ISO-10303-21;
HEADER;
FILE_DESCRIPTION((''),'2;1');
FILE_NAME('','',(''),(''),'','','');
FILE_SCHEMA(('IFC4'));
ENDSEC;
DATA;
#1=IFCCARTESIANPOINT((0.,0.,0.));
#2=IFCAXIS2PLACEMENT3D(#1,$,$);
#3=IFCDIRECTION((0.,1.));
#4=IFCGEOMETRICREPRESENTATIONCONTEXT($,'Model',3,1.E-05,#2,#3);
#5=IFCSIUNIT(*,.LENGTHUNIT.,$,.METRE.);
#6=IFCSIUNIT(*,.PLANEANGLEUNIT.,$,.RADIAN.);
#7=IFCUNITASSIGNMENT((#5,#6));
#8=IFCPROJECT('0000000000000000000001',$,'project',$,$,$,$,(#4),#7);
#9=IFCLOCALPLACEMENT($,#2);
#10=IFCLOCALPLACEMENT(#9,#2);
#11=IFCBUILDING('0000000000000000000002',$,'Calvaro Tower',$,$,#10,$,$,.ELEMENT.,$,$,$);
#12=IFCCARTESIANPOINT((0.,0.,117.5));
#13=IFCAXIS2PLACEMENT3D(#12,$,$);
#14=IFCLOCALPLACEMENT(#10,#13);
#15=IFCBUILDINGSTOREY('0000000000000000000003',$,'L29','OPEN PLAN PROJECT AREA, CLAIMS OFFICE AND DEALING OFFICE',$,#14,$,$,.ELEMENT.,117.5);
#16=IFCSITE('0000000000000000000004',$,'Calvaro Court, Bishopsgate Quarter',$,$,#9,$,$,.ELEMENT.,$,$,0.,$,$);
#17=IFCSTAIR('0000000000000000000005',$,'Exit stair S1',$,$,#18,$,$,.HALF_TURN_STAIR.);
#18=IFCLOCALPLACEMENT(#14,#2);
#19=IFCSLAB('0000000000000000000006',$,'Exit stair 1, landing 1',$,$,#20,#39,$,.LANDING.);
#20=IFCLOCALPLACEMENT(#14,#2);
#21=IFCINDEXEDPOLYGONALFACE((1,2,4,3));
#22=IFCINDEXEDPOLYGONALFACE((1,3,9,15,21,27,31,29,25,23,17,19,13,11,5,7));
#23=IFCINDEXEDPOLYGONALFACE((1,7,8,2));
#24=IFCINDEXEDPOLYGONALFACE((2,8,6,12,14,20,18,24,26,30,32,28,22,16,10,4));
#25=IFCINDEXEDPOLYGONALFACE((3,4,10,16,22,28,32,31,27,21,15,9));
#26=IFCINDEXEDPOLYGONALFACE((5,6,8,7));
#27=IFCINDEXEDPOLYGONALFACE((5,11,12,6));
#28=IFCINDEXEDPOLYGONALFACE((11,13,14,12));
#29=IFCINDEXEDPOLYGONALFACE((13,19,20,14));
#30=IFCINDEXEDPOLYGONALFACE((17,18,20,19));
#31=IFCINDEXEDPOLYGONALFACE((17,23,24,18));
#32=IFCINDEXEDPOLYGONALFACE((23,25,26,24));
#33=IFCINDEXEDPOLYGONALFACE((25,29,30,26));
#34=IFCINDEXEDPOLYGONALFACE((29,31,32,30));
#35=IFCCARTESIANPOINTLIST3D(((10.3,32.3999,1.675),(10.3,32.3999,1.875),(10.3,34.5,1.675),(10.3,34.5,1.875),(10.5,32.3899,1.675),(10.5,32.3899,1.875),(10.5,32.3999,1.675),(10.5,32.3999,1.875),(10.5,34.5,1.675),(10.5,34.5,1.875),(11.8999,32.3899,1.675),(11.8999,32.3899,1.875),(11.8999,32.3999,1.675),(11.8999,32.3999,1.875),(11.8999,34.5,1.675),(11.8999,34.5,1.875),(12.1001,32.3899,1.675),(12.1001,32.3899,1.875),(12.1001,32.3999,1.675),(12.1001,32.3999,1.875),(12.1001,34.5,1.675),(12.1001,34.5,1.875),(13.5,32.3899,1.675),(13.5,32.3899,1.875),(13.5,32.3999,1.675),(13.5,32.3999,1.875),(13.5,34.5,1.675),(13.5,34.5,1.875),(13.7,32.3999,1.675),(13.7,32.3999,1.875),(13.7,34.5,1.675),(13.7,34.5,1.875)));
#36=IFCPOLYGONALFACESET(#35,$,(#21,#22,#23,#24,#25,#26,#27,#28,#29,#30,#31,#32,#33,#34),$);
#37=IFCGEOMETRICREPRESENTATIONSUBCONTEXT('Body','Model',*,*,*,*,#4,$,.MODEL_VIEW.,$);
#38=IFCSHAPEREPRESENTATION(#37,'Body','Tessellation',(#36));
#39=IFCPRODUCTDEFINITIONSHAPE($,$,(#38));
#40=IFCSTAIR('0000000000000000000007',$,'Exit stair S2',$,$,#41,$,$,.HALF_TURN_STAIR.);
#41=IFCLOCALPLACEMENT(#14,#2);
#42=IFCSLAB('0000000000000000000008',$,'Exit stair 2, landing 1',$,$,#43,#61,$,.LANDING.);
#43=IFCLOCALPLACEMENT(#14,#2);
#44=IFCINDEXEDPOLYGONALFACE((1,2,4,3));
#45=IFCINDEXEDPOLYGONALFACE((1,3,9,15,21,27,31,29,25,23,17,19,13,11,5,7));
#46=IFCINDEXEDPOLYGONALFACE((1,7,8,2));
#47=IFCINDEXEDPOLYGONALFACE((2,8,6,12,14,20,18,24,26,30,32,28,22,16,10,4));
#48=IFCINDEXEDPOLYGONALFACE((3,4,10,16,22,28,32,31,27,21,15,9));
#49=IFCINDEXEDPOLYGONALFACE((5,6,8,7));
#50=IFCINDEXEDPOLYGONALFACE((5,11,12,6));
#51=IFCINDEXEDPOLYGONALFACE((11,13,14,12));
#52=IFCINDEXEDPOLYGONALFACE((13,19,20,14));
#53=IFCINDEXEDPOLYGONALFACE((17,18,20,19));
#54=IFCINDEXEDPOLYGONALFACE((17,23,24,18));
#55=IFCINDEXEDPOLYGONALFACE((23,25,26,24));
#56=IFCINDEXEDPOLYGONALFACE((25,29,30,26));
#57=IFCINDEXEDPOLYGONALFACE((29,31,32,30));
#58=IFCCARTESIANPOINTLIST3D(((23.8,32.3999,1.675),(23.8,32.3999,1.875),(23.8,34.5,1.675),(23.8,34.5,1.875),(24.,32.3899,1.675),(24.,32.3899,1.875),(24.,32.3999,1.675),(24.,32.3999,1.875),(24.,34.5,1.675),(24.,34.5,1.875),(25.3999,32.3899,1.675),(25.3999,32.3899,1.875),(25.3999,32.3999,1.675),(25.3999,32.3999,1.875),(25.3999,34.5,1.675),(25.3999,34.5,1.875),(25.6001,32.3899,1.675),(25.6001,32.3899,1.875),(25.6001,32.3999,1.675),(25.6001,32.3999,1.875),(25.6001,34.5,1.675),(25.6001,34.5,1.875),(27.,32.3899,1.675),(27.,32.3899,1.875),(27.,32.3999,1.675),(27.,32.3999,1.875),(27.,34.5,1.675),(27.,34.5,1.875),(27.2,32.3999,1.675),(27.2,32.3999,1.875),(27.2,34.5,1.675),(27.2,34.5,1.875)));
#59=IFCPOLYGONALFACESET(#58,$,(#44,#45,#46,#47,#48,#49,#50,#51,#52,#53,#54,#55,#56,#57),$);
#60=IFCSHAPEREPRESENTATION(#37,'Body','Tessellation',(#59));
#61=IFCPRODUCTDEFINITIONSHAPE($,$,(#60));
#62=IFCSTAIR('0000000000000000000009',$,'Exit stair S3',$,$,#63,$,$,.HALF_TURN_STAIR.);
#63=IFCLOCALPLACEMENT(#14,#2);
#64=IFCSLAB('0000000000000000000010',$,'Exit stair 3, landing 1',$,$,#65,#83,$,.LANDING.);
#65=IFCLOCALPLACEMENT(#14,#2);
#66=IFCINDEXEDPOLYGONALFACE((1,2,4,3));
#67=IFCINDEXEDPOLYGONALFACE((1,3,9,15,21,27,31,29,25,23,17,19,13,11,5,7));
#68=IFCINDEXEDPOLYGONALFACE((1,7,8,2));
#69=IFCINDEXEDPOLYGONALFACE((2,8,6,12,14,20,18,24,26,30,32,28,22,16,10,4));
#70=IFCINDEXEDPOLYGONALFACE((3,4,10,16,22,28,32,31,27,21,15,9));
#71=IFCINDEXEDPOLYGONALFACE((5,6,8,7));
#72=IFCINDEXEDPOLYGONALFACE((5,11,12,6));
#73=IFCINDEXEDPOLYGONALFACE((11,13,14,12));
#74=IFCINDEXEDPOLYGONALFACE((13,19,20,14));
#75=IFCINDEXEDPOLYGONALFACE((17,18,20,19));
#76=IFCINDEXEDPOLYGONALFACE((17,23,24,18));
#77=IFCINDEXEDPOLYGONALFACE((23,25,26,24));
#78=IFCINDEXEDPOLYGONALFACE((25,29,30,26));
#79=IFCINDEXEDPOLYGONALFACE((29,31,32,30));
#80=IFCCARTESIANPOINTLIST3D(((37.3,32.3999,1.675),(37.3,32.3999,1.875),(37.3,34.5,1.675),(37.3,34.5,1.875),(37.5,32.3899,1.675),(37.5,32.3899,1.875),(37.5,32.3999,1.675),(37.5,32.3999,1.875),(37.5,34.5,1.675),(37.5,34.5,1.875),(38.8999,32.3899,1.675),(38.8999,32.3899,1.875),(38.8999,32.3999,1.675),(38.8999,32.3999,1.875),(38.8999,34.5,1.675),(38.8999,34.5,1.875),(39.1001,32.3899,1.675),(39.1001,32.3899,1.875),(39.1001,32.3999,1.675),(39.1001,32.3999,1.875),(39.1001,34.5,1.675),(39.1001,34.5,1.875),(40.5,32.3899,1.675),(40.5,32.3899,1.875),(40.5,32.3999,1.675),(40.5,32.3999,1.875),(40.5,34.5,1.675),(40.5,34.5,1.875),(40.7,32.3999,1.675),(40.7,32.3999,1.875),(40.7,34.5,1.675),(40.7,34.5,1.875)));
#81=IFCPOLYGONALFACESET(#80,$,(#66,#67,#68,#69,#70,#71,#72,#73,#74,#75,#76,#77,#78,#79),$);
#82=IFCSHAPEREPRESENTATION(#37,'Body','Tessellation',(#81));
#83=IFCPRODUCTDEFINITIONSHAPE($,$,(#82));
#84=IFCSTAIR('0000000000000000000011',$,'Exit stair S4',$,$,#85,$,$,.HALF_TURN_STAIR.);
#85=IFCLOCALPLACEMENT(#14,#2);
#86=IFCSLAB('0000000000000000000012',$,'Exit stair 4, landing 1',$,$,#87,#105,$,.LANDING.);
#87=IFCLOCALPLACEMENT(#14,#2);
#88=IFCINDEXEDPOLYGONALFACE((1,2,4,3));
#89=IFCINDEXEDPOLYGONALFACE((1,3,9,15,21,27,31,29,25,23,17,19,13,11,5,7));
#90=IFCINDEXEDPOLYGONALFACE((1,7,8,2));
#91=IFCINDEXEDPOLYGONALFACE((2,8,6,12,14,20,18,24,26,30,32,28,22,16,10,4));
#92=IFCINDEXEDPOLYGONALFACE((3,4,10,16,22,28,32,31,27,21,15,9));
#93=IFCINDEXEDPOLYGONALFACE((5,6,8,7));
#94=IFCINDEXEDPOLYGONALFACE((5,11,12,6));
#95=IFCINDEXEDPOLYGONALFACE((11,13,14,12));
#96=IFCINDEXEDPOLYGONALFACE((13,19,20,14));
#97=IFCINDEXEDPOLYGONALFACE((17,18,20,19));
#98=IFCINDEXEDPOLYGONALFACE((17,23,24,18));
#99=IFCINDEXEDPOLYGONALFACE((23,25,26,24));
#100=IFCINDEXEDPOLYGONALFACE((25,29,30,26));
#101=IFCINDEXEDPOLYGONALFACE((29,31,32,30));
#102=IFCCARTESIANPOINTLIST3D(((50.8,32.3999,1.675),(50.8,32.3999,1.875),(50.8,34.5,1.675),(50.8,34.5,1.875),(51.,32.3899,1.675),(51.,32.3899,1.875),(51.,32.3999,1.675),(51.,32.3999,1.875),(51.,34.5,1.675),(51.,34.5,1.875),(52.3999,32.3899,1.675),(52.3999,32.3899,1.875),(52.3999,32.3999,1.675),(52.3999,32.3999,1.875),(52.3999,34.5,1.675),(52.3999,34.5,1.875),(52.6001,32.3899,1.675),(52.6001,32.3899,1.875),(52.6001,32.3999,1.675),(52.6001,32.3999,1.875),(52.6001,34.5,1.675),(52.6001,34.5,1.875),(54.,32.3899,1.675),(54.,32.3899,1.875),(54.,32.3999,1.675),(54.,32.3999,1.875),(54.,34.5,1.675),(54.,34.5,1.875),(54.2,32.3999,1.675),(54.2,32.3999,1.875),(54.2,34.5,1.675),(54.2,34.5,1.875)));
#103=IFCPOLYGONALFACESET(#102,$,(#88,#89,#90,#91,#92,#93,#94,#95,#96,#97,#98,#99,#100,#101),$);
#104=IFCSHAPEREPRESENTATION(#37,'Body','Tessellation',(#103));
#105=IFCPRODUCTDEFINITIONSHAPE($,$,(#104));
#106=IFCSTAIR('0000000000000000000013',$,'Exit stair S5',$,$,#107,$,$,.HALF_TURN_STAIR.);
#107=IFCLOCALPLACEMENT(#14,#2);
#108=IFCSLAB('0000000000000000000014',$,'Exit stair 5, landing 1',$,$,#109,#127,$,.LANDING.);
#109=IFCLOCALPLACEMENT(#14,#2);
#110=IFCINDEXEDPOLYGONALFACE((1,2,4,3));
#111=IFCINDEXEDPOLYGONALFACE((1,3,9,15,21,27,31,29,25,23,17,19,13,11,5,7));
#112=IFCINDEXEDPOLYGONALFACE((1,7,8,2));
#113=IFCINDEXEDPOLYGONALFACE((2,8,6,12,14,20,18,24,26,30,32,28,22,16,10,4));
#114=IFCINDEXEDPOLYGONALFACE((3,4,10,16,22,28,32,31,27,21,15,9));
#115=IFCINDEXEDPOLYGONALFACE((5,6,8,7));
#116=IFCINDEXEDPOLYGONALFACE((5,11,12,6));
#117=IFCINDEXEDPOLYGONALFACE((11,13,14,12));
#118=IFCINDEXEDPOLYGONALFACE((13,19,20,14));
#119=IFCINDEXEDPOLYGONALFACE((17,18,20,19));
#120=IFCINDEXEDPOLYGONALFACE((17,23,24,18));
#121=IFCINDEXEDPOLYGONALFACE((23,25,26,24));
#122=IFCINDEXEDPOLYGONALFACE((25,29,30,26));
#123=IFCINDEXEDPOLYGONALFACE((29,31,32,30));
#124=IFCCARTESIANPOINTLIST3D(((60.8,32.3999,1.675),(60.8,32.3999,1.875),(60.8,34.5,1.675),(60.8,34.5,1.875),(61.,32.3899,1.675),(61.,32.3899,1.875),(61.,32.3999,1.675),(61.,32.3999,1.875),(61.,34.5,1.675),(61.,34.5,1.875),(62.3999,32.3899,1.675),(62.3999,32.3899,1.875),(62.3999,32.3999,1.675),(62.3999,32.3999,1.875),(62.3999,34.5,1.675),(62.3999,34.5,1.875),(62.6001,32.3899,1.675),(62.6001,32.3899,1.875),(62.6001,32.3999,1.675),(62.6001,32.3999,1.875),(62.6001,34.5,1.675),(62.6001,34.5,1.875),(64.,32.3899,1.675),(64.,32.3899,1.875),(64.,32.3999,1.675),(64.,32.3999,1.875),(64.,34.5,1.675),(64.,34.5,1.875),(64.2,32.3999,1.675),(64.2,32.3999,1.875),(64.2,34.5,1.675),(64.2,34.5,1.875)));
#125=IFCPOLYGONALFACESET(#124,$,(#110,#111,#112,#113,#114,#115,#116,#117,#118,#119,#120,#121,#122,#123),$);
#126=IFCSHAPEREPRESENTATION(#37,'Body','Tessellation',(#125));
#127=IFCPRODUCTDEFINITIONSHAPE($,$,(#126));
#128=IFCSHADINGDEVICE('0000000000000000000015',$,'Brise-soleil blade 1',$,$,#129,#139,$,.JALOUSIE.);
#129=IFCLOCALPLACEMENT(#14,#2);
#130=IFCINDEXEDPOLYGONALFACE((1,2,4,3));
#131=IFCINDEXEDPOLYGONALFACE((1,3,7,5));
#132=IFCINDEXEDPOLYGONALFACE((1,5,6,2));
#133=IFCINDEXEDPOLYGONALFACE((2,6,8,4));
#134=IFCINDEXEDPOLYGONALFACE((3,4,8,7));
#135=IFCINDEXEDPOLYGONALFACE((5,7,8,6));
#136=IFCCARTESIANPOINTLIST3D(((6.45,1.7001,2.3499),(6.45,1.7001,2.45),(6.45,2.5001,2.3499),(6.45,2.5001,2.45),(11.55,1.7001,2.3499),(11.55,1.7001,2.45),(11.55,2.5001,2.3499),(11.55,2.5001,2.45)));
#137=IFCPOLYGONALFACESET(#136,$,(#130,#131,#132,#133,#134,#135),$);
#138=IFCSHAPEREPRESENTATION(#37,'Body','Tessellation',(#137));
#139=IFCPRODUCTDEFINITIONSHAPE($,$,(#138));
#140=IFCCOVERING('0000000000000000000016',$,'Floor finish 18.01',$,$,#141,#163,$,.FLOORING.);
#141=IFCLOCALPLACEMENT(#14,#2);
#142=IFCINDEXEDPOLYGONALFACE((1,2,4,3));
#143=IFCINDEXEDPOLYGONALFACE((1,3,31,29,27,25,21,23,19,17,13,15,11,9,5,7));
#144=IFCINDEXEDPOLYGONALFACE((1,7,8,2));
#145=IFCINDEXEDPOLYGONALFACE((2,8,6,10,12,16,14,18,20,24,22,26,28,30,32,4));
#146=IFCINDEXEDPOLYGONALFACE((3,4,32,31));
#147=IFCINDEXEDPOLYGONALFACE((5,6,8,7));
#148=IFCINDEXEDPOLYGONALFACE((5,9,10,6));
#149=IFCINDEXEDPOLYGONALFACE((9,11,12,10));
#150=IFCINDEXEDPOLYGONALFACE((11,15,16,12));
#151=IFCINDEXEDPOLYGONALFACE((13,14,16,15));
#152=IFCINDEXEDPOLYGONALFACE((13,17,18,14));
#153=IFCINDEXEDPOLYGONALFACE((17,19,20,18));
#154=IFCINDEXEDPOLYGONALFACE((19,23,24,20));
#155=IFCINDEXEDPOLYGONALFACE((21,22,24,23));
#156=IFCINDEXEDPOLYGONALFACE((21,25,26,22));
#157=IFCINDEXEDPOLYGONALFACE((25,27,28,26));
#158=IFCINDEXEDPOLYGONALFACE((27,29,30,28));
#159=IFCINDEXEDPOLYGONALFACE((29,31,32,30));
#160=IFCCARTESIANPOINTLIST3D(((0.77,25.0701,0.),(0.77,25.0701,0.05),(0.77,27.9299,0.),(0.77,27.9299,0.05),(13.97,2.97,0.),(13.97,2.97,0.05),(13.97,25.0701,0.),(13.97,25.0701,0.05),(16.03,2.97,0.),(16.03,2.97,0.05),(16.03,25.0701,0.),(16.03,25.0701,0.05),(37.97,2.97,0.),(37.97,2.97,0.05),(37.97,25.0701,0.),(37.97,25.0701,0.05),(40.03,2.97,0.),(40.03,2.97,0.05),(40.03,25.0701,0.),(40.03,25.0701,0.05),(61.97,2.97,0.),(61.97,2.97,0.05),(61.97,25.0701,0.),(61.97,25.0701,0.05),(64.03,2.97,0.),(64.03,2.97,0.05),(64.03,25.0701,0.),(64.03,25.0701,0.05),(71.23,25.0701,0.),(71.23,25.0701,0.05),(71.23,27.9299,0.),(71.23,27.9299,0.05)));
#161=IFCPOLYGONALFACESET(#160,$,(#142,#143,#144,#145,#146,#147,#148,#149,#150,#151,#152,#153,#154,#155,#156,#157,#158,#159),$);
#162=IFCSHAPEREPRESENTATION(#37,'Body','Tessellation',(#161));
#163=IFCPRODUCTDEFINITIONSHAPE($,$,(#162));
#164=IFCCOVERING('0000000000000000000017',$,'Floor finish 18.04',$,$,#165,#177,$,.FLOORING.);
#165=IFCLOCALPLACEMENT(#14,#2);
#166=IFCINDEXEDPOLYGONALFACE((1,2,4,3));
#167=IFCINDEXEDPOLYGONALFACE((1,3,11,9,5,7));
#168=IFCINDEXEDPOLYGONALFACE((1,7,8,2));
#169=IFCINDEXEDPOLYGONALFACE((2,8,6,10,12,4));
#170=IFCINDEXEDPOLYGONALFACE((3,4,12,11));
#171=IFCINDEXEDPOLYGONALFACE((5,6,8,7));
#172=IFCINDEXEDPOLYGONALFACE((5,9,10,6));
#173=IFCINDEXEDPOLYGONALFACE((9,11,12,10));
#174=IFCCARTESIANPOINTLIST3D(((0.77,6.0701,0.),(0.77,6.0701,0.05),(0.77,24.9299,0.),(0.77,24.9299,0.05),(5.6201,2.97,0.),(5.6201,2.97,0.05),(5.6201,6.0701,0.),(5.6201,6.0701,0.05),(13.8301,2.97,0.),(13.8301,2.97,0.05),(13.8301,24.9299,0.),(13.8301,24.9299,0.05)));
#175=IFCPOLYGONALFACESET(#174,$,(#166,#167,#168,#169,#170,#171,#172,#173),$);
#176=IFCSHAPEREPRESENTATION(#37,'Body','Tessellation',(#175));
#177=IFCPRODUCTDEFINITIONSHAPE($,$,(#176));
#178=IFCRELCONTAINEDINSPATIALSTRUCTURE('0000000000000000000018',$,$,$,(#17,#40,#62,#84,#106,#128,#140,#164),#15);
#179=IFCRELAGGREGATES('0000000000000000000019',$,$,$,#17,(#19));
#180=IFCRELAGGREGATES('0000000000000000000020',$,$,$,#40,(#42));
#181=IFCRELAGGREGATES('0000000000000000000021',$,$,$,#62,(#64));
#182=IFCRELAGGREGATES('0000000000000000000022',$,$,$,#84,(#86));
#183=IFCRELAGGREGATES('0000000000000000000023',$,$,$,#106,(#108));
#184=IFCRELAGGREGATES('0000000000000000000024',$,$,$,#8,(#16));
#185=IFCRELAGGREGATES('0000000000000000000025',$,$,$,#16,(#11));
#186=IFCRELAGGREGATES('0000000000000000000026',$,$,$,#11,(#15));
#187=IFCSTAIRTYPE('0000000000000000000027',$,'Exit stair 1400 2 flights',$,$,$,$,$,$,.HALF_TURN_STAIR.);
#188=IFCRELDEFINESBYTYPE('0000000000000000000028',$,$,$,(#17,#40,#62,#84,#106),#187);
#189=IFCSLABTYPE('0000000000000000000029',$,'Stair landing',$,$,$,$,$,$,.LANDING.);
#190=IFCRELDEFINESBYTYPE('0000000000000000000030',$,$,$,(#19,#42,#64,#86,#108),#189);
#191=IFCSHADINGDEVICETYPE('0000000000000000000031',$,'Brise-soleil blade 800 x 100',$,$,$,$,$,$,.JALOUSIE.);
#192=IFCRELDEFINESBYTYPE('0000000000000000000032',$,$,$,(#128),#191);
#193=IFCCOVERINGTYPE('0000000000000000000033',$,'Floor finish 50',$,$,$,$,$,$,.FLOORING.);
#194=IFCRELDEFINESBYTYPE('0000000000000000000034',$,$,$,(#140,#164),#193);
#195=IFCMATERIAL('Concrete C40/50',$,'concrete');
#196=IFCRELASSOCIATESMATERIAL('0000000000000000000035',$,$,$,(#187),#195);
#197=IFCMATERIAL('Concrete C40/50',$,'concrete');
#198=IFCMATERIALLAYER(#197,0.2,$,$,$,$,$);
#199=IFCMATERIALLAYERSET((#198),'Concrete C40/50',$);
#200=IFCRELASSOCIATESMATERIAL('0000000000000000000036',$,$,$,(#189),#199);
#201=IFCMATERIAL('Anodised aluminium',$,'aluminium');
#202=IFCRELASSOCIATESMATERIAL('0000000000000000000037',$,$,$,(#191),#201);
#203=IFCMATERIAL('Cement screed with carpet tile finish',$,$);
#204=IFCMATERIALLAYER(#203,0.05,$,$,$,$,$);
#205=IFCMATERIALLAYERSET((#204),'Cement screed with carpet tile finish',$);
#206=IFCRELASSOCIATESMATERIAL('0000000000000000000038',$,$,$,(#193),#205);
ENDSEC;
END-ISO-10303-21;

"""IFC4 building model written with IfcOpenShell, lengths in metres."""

from ifc_helpers import new_model, si_unit, direction, frame, origin, origin_2d, place, context, subcontext, project, spatial, polyline, rectangle, outline, extrude, material, layer, layer_set, material_profile, profile_set, type_object, element, aggregate, save


model = new_model("IFC4")

# Units and contexts
model_context = context("Model", 3, precision=1e-05, world=origin(), true_north=direction((0.0, 1.0)))
body_context = subcontext(model_context, "Body", "Model", "MODEL_VIEW")
ifc_project = project(units=[si_unit("LENGTHUNIT", "METRE"), si_unit("PLANEANGLEUNIT", "RADIAN")], contexts=[model_context])

# Site, building, storey
site_placement = place(None, origin())
site = spatial("IfcSite", under=ifc_project, at=site_placement, Name="Calvaro Court, Bishopsgate Quarter", CompositionType="ELEMENT", RefElevation=0.0)
building_placement = place(site_placement, origin())
building = spatial("IfcBuilding", under=site, at=building_placement, Name="Calvaro Tower", CompositionType="ELEMENT")
storey_placement = place(building_placement, frame((0.0, 0.0, 117.5)))
storey = spatial("IfcBuildingStorey", under=building, at=storey_placement, Name="L29", Description="OPEN PLAN PROJECT AREA, CLAIMS OFFICE AND DEALING OFFICE", CompositionType="ELEMENT", Elevation=117.5)

# Stairs, slabs
ifc_material_1 = material(Name="Concrete C40/50", Category="concrete")
stair_type = type_object("IfcStairType", Name="Exit stair 1400 2 flights", PredefinedType="HALF_TURN_STAIR", material=ifc_material_1)
stair_1_placement = place(storey_placement, origin())
stair_1 = element("IfcStair", 1, at=stair_1_placement, inside=storey, type_object=stair_type, Name="Exit stair S1", PredefinedType="HALF_TURN_STAIR")
ifc_material_2 = material(Name="Concrete C40/50", Category="concrete")
ifc_layer_1 = layer(ifc_material_2, 0.2)
ifc_layer_set_1 = layer_set([ifc_layer_1], Name="Concrete C40/50")
slab_type_1 = type_object("IfcSlabType", Name="Stair landing", PredefinedType="LANDING", material=ifc_layer_set_1)
slab_1_placement = place(storey_placement, frame((0.0, 0.0, 1.675)))
slab_1 = element("IfcSlab", 2, at=slab_1_placement, type_object=slab_type_1, Name="Exit stair 1, landing 1", PredefinedType="LANDING", context=body_context, shape_type="SweptSolid", body=[
    extrude(outline(polyline([(11.8999, 32.3899), (10.5, 32.3899), (10.5, 32.3999), (10.3, 32.3999), (10.3, 34.5), (10.5, 34.5), (11.8999, 34.5), (12.1001, 34.5), (13.5, 34.5), (13.7, 34.5), (13.7, 32.3999), (13.5, 32.3999), (13.5, 32.3899), (12.1001, 32.3899), (12.1001, 32.3999), (11.8999, 32.3999), (11.8999, 32.3899)])), origin(), (0.0, 0.0, 1.0), 0.2),
])
aggregate(stair_1, [slab_1])
stair_2_placement = place(storey_placement, origin())
stair_2 = element("IfcStair", 3, at=stair_2_placement, inside=storey, type_object=stair_type, Name="Exit stair S2", PredefinedType="HALF_TURN_STAIR")
slab_2_placement = place(storey_placement, frame((0.0, 0.0, 1.675)))
slab_2 = element("IfcSlab", 4, at=slab_2_placement, type_object=slab_type_1, Name="Exit stair 2, landing 1", PredefinedType="LANDING", context=body_context, shape_type="SweptSolid", body=[
    extrude(outline(polyline([(25.3999, 32.3899), (24.0, 32.3899), (24.0, 32.3999), (23.8, 32.3999), (23.8, 34.5), (24.0, 34.5), (25.3999, 34.5), (25.6001, 34.5), (27.0, 34.5), (27.2, 34.5), (27.2, 32.3999), (27.0, 32.3999), (27.0, 32.3899), (25.6001, 32.3899), (25.6001, 32.3999), (25.3999, 32.3999), (25.3999, 32.3899)])), origin(), (0.0, 0.0, 1.0), 0.2),
])
aggregate(stair_2, [slab_2])
stair_3_placement = place(storey_placement, origin())
stair_3 = element("IfcStair", 5, at=stair_3_placement, inside=storey, type_object=stair_type, Name="Exit stair S3", PredefinedType="HALF_TURN_STAIR")
slab_3_placement = place(storey_placement, frame((0.0, 0.0, 1.675)))
slab_3 = element("IfcSlab", 6, at=slab_3_placement, type_object=slab_type_1, Name="Exit stair 3, landing 1", PredefinedType="LANDING", context=body_context, shape_type="SweptSolid", body=[
    extrude(outline(polyline([(38.8999, 32.3899), (37.5, 32.3899), (37.5, 32.3999), (37.3, 32.3999), (37.3, 34.5), (37.5, 34.5), (38.8999, 34.5), (39.1001, 34.5), (40.5, 34.5), (40.7, 34.5), (40.7, 32.3999), (40.5, 32.3999), (40.5, 32.3899), (39.1001, 32.3899), (39.1001, 32.3999), (38.8999, 32.3999), (38.8999, 32.3899)])), origin(), (0.0, 0.0, 1.0), 0.2),
])
aggregate(stair_3, [slab_3])
stair_4_placement = place(storey_placement, origin())
stair_4 = element("IfcStair", 7, at=stair_4_placement, inside=storey, type_object=stair_type, Name="Exit stair S4", PredefinedType="HALF_TURN_STAIR")
slab_4_placement = place(storey_placement, frame((0.0, 0.0, 1.675)))
slab_4 = element("IfcSlab", 8, at=slab_4_placement, type_object=slab_type_1, Name="Exit stair 4, landing 1", PredefinedType="LANDING", context=body_context, shape_type="SweptSolid", body=[
    extrude(outline(polyline([(52.3999, 32.3899), (51.0, 32.3899), (51.0, 32.3999), (50.8, 32.3999), (50.8, 34.5), (51.0, 34.5), (52.3999, 34.5), (52.6001, 34.5), (54.0, 34.5), (54.2, 34.5), (54.2, 32.3999), (54.0, 32.3999), (54.0, 32.3899), (52.6001, 32.3899), (52.6001, 32.3999), (52.3999, 32.3999), (52.3999, 32.3899)])), origin(), (0.0, 0.0, 1.0), 0.2),
])
aggregate(stair_4, [slab_4])
stair_5_placement = place(storey_placement, origin())
stair_5 = element("IfcStair", 9, at=stair_5_placement, inside=storey, type_object=stair_type, Name="Exit stair S5", PredefinedType="HALF_TURN_STAIR")
slab_5_placement = place(storey_placement, frame((0.0, 0.0, 1.675)))
slab_5 = element("IfcSlab", 10, at=slab_5_placement, type_object=slab_type_1, Name="Exit stair 5, landing 1", PredefinedType="LANDING", context=body_context, shape_type="SweptSolid", body=[
    extrude(outline(polyline([(62.3999, 32.3899), (61.0, 32.3899), (61.0, 32.3999), (60.8, 32.3999), (60.8, 34.5), (61.0, 34.5), (62.3999, 34.5), (62.6001, 34.5), (64.0, 34.5), (64.2, 34.5), (64.2, 32.3999), (64.0, 32.3999), (64.0, 32.3899), (62.6001, 32.3899), (62.6001, 32.3999), (62.3999, 32.3999), (62.3999, 32.3899)])), origin(), (0.0, 0.0, 1.0), 0.2),
])
aggregate(stair_5, [slab_5])

# Shading device
ifc_material_3 = material(Name="Anodised aluminium", Category="aluminium")
ifc_material_profile_1 = material_profile(ifc_material_3, rectangle(XDim=0.8, YDim=0.1001, at=origin_2d()), Name="Brise-soleil blade 800 x 100")
ifc_profile_set_1 = profile_set([ifc_material_profile_1], Name="Anodised aluminium")
shading_device_type = type_object("IfcShadingDeviceType", Name="Brise-soleil blade 800 x 100", PredefinedType="JALOUSIE", material=ifc_profile_set_1)
shading_device_placement = place(storey_placement, frame((6.45, 2.1001, 2.3999), z_axis=(1.0, 0.0, 0.0), x_axis=(0.0, 1.0, 0.0)))
element("IfcShadingDevice", 11, at=shading_device_placement, inside=storey, type_object=shading_device_type, Name="Brise-soleil blade 1", PredefinedType="JALOUSIE", context=body_context, shape_type="SweptSolid", body=[
    extrude(rectangle(XDim=0.8, YDim=0.1001, at=origin_2d()), origin(), (0.0, 0.0, 1.0), 5.1001),
])

# Coverings
ifc_material_4 = material(Name="Cement screed with carpet tile finish")
ifc_layer_2 = layer(ifc_material_4, 0.05)
ifc_layer_set_2 = layer_set([ifc_layer_2], Name="Cement screed with carpet tile finish")
covering_type = type_object("IfcCoveringType", Name="Floor finish 50", PredefinedType="FLOORING", material=ifc_layer_set_2)
covering_1_placement = place(storey_placement, origin())
element("IfcCovering", 12, at=covering_1_placement, inside=storey, type_object=covering_type, Name="Floor finish 18.01", PredefinedType="FLOORING", context=body_context, shape_type="SweptSolid", body=[
    extrude(outline(polyline([(0.77, 25.0701), (0.77, 27.9299), (71.23, 27.9299), (71.23, 25.0701), (64.03, 25.0701), (64.03, 2.97), (61.97, 2.97), (61.97, 25.0701), (40.03, 25.0701), (40.03, 2.97), (37.97, 2.97), (37.97, 25.0701), (16.03, 25.0701), (16.03, 2.97), (13.97, 2.97), (13.97, 25.0701), (0.77, 25.0701)])), origin(), (0.0, 0.0, 1.0), 0.05),
])
covering_2_placement = place(storey_placement, origin())
element("IfcCovering", 13, at=covering_2_placement, inside=storey, type_object=covering_type, Name="Floor finish 18.04", PredefinedType="FLOORING", context=body_context, shape_type="SweptSolid", body=[
    extrude(outline(polyline([(13.8301, 24.9299), (13.8301, 2.97), (5.6201, 2.97), (5.6201, 6.0701), (0.77, 6.0701), (0.77, 24.9299), (13.8301, 24.9299)])), origin(), (0.0, 0.0, 1.0), 0.05),
])

save(model, "model.ifc")
